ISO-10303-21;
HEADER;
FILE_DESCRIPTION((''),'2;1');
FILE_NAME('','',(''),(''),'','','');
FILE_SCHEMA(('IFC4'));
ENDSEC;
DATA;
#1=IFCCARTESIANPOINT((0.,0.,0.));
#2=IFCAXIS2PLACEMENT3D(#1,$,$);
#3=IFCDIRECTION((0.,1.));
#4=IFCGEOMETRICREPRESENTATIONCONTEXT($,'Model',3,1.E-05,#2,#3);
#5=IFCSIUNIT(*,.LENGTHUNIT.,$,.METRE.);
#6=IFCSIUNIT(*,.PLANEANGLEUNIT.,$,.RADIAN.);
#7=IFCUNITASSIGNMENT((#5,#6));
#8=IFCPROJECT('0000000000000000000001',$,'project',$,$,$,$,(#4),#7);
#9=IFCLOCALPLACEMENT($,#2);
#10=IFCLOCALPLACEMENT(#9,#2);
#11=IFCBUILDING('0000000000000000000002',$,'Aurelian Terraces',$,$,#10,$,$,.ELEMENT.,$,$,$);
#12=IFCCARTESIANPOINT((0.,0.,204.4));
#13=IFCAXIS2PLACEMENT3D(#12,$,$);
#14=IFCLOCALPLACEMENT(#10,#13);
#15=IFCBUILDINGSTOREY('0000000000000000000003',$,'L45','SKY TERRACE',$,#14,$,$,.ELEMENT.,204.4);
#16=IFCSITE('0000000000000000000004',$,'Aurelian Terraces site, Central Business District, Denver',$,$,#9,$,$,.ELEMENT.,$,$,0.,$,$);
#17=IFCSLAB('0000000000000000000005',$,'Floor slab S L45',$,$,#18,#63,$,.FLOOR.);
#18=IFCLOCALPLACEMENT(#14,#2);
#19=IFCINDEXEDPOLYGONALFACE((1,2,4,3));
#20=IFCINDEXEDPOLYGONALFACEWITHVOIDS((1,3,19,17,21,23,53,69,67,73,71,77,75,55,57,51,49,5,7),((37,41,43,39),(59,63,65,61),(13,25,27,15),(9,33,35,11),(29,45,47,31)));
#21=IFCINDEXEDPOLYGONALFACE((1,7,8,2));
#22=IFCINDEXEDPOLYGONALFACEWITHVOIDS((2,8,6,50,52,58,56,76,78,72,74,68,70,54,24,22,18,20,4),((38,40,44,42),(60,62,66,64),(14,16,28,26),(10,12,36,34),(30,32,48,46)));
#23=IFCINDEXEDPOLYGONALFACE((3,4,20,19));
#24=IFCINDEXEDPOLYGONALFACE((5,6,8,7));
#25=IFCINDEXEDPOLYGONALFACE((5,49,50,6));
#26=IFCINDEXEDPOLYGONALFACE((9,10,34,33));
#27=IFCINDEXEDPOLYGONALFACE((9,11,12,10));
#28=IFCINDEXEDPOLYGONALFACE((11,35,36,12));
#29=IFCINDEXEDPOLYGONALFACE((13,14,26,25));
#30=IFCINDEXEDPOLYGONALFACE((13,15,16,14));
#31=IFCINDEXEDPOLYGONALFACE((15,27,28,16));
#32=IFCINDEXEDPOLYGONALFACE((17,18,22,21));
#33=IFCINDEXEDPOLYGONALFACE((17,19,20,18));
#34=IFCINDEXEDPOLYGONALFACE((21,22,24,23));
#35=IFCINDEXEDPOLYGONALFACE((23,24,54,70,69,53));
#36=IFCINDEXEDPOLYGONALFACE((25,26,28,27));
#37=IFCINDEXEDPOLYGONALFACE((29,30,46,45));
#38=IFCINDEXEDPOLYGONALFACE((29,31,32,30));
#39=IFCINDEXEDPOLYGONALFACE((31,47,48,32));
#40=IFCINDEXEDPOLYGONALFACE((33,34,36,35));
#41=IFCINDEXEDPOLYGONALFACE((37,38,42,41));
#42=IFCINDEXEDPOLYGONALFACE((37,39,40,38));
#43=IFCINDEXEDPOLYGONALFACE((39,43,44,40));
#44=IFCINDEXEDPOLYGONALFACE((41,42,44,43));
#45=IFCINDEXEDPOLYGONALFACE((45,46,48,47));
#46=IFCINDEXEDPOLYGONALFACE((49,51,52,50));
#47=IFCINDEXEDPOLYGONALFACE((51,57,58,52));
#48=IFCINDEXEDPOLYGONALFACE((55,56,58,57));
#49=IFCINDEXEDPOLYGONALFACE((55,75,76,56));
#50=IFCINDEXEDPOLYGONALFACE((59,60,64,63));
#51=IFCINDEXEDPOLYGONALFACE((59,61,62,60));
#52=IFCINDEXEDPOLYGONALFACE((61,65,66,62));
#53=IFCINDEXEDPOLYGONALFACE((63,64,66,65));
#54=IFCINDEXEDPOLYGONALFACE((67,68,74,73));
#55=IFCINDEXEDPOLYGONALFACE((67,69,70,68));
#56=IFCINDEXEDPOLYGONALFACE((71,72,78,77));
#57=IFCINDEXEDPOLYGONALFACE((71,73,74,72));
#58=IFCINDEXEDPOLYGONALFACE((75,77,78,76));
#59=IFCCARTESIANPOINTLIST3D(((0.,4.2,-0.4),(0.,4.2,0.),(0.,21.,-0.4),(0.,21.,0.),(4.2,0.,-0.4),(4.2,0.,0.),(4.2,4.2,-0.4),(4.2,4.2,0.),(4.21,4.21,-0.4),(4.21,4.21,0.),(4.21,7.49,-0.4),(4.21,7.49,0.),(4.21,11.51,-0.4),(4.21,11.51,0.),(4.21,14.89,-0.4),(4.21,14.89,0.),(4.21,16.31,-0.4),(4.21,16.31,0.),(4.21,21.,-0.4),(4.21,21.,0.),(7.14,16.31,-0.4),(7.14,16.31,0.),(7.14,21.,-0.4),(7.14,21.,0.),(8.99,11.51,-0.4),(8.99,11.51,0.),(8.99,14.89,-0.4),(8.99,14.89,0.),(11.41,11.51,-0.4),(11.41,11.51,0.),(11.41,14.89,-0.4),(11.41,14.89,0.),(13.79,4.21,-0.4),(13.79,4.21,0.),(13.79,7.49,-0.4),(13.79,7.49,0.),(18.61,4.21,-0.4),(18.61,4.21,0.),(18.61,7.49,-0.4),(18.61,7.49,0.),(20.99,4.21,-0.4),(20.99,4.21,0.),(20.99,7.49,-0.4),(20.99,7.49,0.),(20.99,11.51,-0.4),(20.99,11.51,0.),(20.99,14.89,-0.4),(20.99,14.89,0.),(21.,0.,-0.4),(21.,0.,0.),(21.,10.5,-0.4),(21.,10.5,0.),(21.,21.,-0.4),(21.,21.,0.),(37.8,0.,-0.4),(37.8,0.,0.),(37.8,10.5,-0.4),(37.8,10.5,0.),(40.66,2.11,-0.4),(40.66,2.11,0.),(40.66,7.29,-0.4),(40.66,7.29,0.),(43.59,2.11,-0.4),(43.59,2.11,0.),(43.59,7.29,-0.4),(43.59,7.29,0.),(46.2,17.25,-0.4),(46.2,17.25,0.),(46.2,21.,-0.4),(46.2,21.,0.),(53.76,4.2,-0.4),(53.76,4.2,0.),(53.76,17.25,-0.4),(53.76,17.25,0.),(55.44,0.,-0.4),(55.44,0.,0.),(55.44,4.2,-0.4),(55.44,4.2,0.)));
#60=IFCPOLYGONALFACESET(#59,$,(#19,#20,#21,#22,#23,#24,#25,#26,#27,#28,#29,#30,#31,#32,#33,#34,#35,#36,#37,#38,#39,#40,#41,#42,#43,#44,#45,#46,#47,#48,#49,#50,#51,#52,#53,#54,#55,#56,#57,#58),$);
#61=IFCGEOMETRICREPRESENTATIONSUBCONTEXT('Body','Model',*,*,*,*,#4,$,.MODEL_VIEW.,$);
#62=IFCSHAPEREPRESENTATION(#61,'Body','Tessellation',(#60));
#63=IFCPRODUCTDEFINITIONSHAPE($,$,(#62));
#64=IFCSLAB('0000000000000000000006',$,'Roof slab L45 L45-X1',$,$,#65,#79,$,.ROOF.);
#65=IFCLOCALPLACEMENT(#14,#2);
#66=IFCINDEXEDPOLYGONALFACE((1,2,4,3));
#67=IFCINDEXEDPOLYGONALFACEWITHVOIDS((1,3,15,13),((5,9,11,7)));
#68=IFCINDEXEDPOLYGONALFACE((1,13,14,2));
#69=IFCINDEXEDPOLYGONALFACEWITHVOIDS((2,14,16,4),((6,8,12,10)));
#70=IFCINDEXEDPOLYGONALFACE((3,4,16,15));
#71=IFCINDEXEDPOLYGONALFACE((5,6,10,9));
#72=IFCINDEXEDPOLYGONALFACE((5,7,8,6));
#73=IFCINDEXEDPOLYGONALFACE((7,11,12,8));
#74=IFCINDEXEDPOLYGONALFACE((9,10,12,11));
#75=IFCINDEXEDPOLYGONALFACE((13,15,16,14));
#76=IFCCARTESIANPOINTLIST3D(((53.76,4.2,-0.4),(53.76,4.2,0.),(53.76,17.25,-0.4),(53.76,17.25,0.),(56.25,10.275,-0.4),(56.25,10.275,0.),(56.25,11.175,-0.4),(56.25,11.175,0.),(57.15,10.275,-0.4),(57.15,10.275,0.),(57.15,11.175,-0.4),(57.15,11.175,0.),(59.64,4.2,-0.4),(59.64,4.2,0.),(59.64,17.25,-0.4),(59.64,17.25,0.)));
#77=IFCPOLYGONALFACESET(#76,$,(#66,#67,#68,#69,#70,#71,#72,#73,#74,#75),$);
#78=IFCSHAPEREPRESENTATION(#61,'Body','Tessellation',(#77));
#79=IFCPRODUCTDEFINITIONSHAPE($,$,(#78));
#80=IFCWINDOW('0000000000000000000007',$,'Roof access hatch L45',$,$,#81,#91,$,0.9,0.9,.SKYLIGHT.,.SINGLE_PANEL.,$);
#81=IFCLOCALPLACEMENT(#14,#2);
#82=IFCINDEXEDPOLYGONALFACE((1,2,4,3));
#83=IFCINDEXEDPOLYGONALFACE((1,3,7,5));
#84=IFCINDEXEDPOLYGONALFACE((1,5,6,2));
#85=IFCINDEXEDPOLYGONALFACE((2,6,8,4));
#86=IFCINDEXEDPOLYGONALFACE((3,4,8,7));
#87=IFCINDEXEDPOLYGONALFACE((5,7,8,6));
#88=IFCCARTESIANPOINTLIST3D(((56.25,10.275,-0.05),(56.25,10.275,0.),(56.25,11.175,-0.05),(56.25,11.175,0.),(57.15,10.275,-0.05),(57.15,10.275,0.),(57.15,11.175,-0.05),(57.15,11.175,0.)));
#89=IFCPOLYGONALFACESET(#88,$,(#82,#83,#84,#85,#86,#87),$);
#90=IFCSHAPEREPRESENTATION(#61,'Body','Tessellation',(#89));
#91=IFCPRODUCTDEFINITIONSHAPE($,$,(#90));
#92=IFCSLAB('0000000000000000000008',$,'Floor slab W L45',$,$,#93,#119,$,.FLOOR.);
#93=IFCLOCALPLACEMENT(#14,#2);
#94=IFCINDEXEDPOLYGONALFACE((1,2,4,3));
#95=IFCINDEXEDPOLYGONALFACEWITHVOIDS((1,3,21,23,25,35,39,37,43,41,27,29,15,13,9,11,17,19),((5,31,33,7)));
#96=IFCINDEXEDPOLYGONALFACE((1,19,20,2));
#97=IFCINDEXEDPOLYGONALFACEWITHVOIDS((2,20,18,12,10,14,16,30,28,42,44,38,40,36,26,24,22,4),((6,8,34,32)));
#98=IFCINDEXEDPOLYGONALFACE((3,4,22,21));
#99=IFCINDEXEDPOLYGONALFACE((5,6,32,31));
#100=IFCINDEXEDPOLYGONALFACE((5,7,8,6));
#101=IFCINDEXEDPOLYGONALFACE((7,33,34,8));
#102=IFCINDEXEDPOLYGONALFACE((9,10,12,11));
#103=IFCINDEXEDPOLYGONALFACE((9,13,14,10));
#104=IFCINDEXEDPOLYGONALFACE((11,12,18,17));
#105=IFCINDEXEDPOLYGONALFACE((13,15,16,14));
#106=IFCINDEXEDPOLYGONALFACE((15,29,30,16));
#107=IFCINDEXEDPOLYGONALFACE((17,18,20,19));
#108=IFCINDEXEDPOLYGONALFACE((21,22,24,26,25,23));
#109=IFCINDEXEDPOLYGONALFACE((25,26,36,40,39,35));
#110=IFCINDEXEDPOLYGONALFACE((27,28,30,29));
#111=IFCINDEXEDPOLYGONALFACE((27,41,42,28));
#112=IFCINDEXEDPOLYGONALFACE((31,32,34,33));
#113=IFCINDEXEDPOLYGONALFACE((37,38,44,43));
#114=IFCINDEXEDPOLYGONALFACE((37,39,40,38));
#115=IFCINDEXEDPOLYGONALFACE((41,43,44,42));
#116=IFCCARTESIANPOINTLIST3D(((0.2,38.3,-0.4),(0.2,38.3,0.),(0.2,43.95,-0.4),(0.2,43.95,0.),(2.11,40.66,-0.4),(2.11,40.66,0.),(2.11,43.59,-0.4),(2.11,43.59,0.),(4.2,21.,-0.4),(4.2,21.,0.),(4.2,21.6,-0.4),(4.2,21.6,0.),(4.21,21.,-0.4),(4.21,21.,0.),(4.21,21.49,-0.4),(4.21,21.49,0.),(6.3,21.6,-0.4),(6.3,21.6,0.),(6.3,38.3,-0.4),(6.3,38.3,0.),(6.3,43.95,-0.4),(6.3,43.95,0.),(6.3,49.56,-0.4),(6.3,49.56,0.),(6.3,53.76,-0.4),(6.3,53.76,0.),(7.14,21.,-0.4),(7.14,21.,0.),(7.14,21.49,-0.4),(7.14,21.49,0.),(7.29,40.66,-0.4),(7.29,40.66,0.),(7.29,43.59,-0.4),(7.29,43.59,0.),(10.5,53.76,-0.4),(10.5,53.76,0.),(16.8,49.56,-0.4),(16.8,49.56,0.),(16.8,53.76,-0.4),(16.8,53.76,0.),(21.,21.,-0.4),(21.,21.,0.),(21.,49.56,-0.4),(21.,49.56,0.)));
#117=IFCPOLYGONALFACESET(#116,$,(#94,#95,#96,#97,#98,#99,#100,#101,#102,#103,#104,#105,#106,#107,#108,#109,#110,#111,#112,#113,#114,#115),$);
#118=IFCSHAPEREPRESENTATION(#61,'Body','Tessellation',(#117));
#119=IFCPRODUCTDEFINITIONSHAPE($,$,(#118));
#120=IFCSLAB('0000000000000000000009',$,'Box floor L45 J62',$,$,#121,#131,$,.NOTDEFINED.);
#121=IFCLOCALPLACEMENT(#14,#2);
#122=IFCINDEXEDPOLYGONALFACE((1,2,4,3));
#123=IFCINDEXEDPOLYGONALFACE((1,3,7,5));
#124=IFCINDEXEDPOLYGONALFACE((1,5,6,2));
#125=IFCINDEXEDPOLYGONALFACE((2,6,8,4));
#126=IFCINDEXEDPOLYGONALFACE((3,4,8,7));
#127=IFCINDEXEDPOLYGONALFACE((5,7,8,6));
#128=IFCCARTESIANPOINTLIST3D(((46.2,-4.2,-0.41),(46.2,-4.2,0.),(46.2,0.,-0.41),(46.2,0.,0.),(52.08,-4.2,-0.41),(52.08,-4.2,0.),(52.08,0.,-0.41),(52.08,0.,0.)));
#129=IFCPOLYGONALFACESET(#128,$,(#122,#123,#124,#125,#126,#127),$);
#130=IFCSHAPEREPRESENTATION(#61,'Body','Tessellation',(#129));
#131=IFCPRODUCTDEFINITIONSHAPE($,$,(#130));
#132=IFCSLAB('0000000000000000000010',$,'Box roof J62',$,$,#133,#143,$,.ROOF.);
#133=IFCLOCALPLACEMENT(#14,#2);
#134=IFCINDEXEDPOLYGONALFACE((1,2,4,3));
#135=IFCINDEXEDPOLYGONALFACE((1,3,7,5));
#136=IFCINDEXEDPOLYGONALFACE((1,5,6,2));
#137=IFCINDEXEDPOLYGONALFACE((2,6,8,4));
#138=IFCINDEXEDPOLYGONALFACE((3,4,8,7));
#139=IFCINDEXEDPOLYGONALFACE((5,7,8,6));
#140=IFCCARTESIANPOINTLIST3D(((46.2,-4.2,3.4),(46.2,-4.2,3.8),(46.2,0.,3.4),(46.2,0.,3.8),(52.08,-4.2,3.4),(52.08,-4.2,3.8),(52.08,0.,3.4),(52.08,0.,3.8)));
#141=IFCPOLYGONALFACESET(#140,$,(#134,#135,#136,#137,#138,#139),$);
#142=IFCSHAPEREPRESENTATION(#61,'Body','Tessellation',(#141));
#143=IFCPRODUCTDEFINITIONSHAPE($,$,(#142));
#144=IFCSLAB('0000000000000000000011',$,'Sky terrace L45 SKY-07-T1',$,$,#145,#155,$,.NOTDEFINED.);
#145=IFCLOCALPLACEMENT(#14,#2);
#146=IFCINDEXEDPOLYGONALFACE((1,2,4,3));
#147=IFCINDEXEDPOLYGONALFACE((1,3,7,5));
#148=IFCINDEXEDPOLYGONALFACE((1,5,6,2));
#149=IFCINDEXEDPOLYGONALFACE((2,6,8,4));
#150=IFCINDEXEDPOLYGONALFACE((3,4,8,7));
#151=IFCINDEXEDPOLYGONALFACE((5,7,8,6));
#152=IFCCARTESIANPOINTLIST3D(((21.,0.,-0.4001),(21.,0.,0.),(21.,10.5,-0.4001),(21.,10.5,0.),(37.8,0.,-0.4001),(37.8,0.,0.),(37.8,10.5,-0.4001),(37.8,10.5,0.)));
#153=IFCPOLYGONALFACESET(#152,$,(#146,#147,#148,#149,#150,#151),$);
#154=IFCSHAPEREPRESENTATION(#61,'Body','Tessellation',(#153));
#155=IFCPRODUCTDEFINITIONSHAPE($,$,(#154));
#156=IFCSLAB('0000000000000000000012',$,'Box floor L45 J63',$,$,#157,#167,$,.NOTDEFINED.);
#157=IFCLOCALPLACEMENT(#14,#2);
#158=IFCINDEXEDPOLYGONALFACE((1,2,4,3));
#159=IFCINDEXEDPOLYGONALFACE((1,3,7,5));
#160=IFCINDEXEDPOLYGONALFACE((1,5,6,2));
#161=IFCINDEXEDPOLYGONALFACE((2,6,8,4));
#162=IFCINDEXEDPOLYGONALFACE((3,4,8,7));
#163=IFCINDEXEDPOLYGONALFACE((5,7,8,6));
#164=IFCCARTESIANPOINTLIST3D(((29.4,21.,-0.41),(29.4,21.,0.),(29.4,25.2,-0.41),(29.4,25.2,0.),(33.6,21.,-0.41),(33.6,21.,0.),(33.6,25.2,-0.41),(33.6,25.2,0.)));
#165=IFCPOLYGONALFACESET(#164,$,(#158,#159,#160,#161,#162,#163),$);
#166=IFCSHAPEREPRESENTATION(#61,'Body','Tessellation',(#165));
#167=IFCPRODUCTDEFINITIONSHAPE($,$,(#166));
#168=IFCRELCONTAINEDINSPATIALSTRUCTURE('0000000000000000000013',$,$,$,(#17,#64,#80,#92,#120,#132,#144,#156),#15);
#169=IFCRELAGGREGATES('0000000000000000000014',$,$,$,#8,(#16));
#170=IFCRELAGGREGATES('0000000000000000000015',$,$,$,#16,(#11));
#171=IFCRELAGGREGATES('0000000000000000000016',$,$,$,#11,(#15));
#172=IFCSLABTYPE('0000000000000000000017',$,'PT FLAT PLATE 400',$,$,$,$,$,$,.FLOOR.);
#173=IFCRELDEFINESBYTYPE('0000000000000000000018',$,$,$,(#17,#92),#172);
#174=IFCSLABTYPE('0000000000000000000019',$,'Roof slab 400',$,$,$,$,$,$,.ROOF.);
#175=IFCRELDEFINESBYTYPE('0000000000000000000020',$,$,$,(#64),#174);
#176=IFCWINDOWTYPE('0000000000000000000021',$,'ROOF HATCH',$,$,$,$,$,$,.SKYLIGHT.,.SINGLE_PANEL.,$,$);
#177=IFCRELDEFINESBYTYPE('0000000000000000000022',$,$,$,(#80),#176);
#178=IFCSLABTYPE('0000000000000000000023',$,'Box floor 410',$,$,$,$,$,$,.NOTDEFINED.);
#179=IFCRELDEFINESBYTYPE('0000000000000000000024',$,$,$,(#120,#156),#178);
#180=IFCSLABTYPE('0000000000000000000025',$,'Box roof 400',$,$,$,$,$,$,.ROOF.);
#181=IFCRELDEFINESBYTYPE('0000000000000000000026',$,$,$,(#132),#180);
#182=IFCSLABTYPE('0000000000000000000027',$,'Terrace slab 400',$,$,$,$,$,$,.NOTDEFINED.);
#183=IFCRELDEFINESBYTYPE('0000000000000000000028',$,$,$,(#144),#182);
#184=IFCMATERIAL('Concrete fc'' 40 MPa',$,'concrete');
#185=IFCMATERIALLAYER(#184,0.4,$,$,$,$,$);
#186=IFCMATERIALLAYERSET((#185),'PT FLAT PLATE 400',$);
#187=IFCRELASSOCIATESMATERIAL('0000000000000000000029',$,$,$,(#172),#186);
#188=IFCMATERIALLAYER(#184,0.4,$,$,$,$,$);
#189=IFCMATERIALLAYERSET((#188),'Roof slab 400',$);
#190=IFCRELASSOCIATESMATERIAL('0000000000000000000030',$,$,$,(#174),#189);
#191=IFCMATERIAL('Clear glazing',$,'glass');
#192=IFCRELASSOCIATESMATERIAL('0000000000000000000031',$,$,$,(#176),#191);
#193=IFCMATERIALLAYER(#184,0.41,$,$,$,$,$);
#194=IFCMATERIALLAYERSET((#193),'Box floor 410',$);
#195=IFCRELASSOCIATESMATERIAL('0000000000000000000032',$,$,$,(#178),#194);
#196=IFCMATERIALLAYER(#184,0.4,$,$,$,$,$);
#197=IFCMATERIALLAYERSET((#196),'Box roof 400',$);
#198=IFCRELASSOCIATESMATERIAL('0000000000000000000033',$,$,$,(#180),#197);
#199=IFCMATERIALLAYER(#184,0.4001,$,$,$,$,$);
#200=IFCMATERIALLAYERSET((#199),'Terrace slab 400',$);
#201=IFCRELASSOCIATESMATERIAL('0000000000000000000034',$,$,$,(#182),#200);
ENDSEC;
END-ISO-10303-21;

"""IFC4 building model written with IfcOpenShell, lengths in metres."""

from ifc_helpers import new_model, si_unit, direction, frame, origin, origin_2d, place, context, subcontext, project, spatial, polyline, rectangle, outline, extrude, source, transform, mapped, material, layer, layer_set, type_object, element, fill, save


model = new_model("IFC4")

# Units and contexts
model_context = context("Model", 3, precision=1e-05, world=origin(), true_north=direction((0.0, 1.0)))
body_context = subcontext(model_context, "Body", "Model", "MODEL_VIEW")
ifc_project = project(units=[si_unit("LENGTHUNIT", "METRE"), si_unit("PLANEANGLEUNIT", "RADIAN")], contexts=[model_context])

# Site, building, storey
site_placement = place(None, origin())
site = spatial("IfcSite", under=ifc_project, at=site_placement, Name="Aurelian Terraces site, Central Business District, Denver", CompositionType="ELEMENT", RefElevation=0.0)
building_placement = place(site_placement, origin())
building = spatial("IfcBuilding", under=site, at=building_placement, Name="Aurelian Terraces", CompositionType="ELEMENT")
storey_placement = place(building_placement, frame((0.0, 0.0, 204.4)))
storey = spatial("IfcBuildingStorey", under=building, at=storey_placement, Name="L45", Description="SKY TERRACE", CompositionType="ELEMENT", Elevation=204.4)

# Slab
ifc_material_1 = material(Name="Concrete fc' 40 MPa", Category="concrete")
ifc_layer_1 = layer(ifc_material_1, 0.4)
ifc_layer_set_1 = layer_set([ifc_layer_1], Name="PT FLAT PLATE 400")
slab_type_1 = type_object("IfcSlabType", Name="PT FLAT PLATE 400", PredefinedType="FLOOR", material=ifc_layer_set_1)
slab_1_placement = place(storey_placement, frame((0.0, 0.0, -0.4)))
element("IfcSlab", 1, at=slab_1_placement, inside=storey, type_object=slab_type_1, Name="Floor slab S L45", PredefinedType="FLOOR", context=body_context, shape_type="SweptSolid", body=[
    extrude(outline(polyline([(37.8, 10.5), (21.0, 10.5), (21.0, 0.0), (4.2, 0.0), (4.2, 4.2), (0.0, 4.2), (0.0, 21.0), (4.21, 21.0), (4.21, 16.31), (7.14, 16.31), (7.14, 21.0), (21.0, 21.0), (46.2, 21.0), (46.2, 17.25), (53.76, 17.25), (53.76, 4.2), (55.44, 4.2), (55.44, 0.0), (37.8, 0.0), (37.8, 10.5)]), holes=[polyline([(40.66, 2.11), (43.59, 2.11), (43.59, 7.29), (40.66, 7.29), (40.66, 2.11)]), polyline([(18.61, 7.49), (18.61, 4.21), (20.99, 4.21), (20.99, 7.49), (18.61, 7.49)]), polyline([(20.99, 14.89), (11.41, 14.89), (11.41, 11.51), (20.99, 11.51), (20.99, 14.89)]), polyline([(4.21, 7.49), (4.21, 4.21), (13.79, 4.21), (13.79, 7.49), (4.21, 7.49)]), polyline([(4.21, 14.89), (4.21, 11.51), (8.99, 11.51), (8.99, 14.89), (4.21, 14.89)])]), origin(), (0.0, 0.0, 1.0), 0.4),
])

# Slab, opening, window
ifc_layer_2 = layer(ifc_material_1, 0.4)
ifc_layer_set_2 = layer_set([ifc_layer_2], Name="Roof slab 400")
slab_type_2 = type_object("IfcSlabType", Name="Roof slab 400", PredefinedType="ROOF", material=ifc_layer_set_2)
slab_2_placement = place(storey_placement, frame((0.0, 0.0, -0.4)))
slab_2 = element("IfcSlab", 2, at=slab_2_placement, inside=storey, type_object=slab_type_2, Name="Roof slab L45 L45-X1", PredefinedType="ROOF", context=body_context, shape_type="SweptSolid", body=[
    extrude(outline(polyline([(53.76, 4.2), (53.76, 17.25), (55.44, 17.25), (59.64, 17.25), (59.64, 16.8), (59.64, 16.65), (59.64, 4.2), (55.44, 4.2), (53.76, 4.2)])), origin(), (0.0, 0.0, 1.0), 0.4),
])
shared_shape_1 = source(origin(), body_context, "Body", "SweptSolid", [
    extrude(rectangle(XDim=0.9, YDim=0.9, at=origin_2d()), frame((0.0, 0.0, -0.01)), (0.0, 0.0, 1.0), 0.42),
])
opening_1_placement = place(slab_2_placement, frame((56.7, 10.725, 0.0)))
opening_1 = element("IfcOpeningElement", 3, at=opening_1_placement, cuts=slab_2, PredefinedType="OPENING", context=body_context, shape_type="MappedRepresentation", body=[
    mapped(shared_shape_1, transform((0.0, 0.0, 0.0), scale=1.0)),
])
ifc_material_2 = material(Name="Clear glazing", Category="glass")
window_type_1 = type_object("IfcWindowType", Name="ROOF HATCH", PartitioningType="SINGLE_PANEL", PredefinedType="SKYLIGHT", material=ifc_material_2)
shared_shape_2 = source(origin(), body_context, "Body", "SweptSolid", [
    extrude(rectangle(XDim=0.9, YDim=0.9, at=origin_2d()), origin(), (0.0, 0.0, 1.0), 0.05),
])
window_1_placement = place(opening_1_placement, frame((0.0, 0.0, 0.35)))
window_1 = element("IfcWindow", 4, at=window_1_placement, inside=storey, type_object=window_type_1, Name="Roof access hatch L45", OverallHeight=0.9, OverallWidth=0.9, PartitioningType="SINGLE_PANEL", PredefinedType="SKYLIGHT", context=body_context, shape_type="MappedRepresentation", body=[
    mapped(shared_shape_2, transform((0.0, 0.0, 0.0), scale=1.0)),
])
fill(opening_1, window_1)

# Slabs
shared_shape_3 = source(origin(), body_context, "Body", "SweptSolid", [
    extrude(outline(polyline([(6.3, 43.95), (6.3, 49.56), (6.3, 53.76), (10.5, 53.76), (16.8, 53.76), (16.8, 49.56), (21.0, 49.56), (21.0, 21.0), (7.14, 21.0), (7.14, 21.49), (4.21, 21.49), (4.21, 21.0), (4.2, 21.0), (4.2, 21.6), (6.3, 21.6), (6.3, 38.3), (0.2, 38.3), (0.2, 43.95), (6.3, 43.95)]), holes=[polyline([(7.29, 43.59), (2.11, 43.59), (2.11, 40.66), (7.29, 40.66), (7.29, 43.59)])]), origin(), (0.0, 0.0, 1.0), 0.4),
])
slab_3_placement = place(storey_placement, frame((0.0, 0.0, -0.4)))
element("IfcSlab", 5, at=slab_3_placement, inside=storey, type_object=slab_type_1, Name="Floor slab W L45", PredefinedType="FLOOR", context=body_context, shape_type="MappedRepresentation", body=[
    mapped(shared_shape_3, transform((0.0, 0.0, 0.0), scale=1.0)),
])
ifc_layer_3 = layer(ifc_material_1, 0.41)
ifc_layer_set_3 = layer_set([ifc_layer_3], Name="Box floor 410")
slab_type_3 = type_object("IfcSlabType", Name="Box floor 410", PredefinedType="NOTDEFINED", material=ifc_layer_set_3)
shared_shape_4 = source(origin(), body_context, "Body", "SweptSolid", [
    extrude(outline(polyline([(46.2, -4.2), (52.08, -4.2), (52.08, 0.0), (46.2, 0.0), (46.2, -4.2)])), origin(), (0.0, 0.0, 1.0), 0.41),
])
slab_4_placement = place(storey_placement, frame((0.0, 0.0, -0.41)))
element("IfcSlab", 6, at=slab_4_placement, inside=storey, type_object=slab_type_3, Name="Box floor L45 J62", PredefinedType="NOTDEFINED", context=body_context, shape_type="MappedRepresentation", body=[
    mapped(shared_shape_4, transform((0.0, 0.0, 0.0), scale=1.0)),
])
ifc_layer_4 = layer(ifc_material_1, 0.4)
ifc_layer_set_4 = layer_set([ifc_layer_4], Name="Box roof 400")
slab_type_4 = type_object("IfcSlabType", Name="Box roof 400", PredefinedType="ROOF", material=ifc_layer_set_4)
shared_shape_5 = source(origin(), body_context, "Body", "SweptSolid", [
    extrude(outline(polyline([(46.2, -4.2), (52.08, -4.2), (52.08, 0.0), (46.2, 0.0), (46.2, -4.2)])), origin(), (0.0, 0.0, 1.0), 0.4),
])
slab_5_placement = place(storey_placement, frame((0.0, 0.0, 3.4)))
element("IfcSlab", 7, at=slab_5_placement, inside=storey, type_object=slab_type_4, Name="Box roof J62", PredefinedType="ROOF", context=body_context, shape_type="MappedRepresentation", body=[
    mapped(shared_shape_5, transform((0.0, 0.0, 0.0), scale=1.0)),
])
ifc_layer_5 = layer(ifc_material_1, 0.4001)
ifc_layer_set_5 = layer_set([ifc_layer_5], Name="Terrace slab 400")
slab_type_5 = type_object("IfcSlabType", Name="Terrace slab 400", PredefinedType="NOTDEFINED", material=ifc_layer_set_5)
shared_shape_6 = source(origin(), body_context, "Body", "SweptSolid", [
    extrude(outline(polyline([(37.8, 10.5), (37.8, 0.0), (21.0, 0.0), (21.0, 10.5), (37.8, 10.5)])), origin(), (0.0, 0.0, 1.0), 0.4001),
])
slab_6_placement = place(storey_placement, frame((0.0, 0.0, -0.4001)))
element("IfcSlab", 8, at=slab_6_placement, inside=storey, type_object=slab_type_5, Name="Sky terrace L45 SKY-07-T1", PredefinedType="NOTDEFINED", context=body_context, shape_type="MappedRepresentation", body=[
    mapped(shared_shape_6, transform((0.0, 0.0, 0.0), scale=1.0)),
])
shared_shape_7 = source(origin(), body_context, "Body", "SweptSolid", [
    extrude(outline(polyline([(33.6, 25.2), (29.4, 25.2), (29.4, 21.0), (33.6, 21.0), (33.6, 25.2)])), origin(), (0.0, 0.0, 1.0), 0.41),
])
slab_7_placement = place(storey_placement, frame((0.0, 0.0, -0.41)))
element("IfcSlab", 9, at=slab_7_placement, inside=storey, type_object=slab_type_3, Name="Box floor L45 J63", PredefinedType="NOTDEFINED", context=body_context, shape_type="MappedRepresentation", body=[
    mapped(shared_shape_7, transform((0.0, 0.0, 0.0), scale=1.0)),
])

save(model, "model.ifc")
